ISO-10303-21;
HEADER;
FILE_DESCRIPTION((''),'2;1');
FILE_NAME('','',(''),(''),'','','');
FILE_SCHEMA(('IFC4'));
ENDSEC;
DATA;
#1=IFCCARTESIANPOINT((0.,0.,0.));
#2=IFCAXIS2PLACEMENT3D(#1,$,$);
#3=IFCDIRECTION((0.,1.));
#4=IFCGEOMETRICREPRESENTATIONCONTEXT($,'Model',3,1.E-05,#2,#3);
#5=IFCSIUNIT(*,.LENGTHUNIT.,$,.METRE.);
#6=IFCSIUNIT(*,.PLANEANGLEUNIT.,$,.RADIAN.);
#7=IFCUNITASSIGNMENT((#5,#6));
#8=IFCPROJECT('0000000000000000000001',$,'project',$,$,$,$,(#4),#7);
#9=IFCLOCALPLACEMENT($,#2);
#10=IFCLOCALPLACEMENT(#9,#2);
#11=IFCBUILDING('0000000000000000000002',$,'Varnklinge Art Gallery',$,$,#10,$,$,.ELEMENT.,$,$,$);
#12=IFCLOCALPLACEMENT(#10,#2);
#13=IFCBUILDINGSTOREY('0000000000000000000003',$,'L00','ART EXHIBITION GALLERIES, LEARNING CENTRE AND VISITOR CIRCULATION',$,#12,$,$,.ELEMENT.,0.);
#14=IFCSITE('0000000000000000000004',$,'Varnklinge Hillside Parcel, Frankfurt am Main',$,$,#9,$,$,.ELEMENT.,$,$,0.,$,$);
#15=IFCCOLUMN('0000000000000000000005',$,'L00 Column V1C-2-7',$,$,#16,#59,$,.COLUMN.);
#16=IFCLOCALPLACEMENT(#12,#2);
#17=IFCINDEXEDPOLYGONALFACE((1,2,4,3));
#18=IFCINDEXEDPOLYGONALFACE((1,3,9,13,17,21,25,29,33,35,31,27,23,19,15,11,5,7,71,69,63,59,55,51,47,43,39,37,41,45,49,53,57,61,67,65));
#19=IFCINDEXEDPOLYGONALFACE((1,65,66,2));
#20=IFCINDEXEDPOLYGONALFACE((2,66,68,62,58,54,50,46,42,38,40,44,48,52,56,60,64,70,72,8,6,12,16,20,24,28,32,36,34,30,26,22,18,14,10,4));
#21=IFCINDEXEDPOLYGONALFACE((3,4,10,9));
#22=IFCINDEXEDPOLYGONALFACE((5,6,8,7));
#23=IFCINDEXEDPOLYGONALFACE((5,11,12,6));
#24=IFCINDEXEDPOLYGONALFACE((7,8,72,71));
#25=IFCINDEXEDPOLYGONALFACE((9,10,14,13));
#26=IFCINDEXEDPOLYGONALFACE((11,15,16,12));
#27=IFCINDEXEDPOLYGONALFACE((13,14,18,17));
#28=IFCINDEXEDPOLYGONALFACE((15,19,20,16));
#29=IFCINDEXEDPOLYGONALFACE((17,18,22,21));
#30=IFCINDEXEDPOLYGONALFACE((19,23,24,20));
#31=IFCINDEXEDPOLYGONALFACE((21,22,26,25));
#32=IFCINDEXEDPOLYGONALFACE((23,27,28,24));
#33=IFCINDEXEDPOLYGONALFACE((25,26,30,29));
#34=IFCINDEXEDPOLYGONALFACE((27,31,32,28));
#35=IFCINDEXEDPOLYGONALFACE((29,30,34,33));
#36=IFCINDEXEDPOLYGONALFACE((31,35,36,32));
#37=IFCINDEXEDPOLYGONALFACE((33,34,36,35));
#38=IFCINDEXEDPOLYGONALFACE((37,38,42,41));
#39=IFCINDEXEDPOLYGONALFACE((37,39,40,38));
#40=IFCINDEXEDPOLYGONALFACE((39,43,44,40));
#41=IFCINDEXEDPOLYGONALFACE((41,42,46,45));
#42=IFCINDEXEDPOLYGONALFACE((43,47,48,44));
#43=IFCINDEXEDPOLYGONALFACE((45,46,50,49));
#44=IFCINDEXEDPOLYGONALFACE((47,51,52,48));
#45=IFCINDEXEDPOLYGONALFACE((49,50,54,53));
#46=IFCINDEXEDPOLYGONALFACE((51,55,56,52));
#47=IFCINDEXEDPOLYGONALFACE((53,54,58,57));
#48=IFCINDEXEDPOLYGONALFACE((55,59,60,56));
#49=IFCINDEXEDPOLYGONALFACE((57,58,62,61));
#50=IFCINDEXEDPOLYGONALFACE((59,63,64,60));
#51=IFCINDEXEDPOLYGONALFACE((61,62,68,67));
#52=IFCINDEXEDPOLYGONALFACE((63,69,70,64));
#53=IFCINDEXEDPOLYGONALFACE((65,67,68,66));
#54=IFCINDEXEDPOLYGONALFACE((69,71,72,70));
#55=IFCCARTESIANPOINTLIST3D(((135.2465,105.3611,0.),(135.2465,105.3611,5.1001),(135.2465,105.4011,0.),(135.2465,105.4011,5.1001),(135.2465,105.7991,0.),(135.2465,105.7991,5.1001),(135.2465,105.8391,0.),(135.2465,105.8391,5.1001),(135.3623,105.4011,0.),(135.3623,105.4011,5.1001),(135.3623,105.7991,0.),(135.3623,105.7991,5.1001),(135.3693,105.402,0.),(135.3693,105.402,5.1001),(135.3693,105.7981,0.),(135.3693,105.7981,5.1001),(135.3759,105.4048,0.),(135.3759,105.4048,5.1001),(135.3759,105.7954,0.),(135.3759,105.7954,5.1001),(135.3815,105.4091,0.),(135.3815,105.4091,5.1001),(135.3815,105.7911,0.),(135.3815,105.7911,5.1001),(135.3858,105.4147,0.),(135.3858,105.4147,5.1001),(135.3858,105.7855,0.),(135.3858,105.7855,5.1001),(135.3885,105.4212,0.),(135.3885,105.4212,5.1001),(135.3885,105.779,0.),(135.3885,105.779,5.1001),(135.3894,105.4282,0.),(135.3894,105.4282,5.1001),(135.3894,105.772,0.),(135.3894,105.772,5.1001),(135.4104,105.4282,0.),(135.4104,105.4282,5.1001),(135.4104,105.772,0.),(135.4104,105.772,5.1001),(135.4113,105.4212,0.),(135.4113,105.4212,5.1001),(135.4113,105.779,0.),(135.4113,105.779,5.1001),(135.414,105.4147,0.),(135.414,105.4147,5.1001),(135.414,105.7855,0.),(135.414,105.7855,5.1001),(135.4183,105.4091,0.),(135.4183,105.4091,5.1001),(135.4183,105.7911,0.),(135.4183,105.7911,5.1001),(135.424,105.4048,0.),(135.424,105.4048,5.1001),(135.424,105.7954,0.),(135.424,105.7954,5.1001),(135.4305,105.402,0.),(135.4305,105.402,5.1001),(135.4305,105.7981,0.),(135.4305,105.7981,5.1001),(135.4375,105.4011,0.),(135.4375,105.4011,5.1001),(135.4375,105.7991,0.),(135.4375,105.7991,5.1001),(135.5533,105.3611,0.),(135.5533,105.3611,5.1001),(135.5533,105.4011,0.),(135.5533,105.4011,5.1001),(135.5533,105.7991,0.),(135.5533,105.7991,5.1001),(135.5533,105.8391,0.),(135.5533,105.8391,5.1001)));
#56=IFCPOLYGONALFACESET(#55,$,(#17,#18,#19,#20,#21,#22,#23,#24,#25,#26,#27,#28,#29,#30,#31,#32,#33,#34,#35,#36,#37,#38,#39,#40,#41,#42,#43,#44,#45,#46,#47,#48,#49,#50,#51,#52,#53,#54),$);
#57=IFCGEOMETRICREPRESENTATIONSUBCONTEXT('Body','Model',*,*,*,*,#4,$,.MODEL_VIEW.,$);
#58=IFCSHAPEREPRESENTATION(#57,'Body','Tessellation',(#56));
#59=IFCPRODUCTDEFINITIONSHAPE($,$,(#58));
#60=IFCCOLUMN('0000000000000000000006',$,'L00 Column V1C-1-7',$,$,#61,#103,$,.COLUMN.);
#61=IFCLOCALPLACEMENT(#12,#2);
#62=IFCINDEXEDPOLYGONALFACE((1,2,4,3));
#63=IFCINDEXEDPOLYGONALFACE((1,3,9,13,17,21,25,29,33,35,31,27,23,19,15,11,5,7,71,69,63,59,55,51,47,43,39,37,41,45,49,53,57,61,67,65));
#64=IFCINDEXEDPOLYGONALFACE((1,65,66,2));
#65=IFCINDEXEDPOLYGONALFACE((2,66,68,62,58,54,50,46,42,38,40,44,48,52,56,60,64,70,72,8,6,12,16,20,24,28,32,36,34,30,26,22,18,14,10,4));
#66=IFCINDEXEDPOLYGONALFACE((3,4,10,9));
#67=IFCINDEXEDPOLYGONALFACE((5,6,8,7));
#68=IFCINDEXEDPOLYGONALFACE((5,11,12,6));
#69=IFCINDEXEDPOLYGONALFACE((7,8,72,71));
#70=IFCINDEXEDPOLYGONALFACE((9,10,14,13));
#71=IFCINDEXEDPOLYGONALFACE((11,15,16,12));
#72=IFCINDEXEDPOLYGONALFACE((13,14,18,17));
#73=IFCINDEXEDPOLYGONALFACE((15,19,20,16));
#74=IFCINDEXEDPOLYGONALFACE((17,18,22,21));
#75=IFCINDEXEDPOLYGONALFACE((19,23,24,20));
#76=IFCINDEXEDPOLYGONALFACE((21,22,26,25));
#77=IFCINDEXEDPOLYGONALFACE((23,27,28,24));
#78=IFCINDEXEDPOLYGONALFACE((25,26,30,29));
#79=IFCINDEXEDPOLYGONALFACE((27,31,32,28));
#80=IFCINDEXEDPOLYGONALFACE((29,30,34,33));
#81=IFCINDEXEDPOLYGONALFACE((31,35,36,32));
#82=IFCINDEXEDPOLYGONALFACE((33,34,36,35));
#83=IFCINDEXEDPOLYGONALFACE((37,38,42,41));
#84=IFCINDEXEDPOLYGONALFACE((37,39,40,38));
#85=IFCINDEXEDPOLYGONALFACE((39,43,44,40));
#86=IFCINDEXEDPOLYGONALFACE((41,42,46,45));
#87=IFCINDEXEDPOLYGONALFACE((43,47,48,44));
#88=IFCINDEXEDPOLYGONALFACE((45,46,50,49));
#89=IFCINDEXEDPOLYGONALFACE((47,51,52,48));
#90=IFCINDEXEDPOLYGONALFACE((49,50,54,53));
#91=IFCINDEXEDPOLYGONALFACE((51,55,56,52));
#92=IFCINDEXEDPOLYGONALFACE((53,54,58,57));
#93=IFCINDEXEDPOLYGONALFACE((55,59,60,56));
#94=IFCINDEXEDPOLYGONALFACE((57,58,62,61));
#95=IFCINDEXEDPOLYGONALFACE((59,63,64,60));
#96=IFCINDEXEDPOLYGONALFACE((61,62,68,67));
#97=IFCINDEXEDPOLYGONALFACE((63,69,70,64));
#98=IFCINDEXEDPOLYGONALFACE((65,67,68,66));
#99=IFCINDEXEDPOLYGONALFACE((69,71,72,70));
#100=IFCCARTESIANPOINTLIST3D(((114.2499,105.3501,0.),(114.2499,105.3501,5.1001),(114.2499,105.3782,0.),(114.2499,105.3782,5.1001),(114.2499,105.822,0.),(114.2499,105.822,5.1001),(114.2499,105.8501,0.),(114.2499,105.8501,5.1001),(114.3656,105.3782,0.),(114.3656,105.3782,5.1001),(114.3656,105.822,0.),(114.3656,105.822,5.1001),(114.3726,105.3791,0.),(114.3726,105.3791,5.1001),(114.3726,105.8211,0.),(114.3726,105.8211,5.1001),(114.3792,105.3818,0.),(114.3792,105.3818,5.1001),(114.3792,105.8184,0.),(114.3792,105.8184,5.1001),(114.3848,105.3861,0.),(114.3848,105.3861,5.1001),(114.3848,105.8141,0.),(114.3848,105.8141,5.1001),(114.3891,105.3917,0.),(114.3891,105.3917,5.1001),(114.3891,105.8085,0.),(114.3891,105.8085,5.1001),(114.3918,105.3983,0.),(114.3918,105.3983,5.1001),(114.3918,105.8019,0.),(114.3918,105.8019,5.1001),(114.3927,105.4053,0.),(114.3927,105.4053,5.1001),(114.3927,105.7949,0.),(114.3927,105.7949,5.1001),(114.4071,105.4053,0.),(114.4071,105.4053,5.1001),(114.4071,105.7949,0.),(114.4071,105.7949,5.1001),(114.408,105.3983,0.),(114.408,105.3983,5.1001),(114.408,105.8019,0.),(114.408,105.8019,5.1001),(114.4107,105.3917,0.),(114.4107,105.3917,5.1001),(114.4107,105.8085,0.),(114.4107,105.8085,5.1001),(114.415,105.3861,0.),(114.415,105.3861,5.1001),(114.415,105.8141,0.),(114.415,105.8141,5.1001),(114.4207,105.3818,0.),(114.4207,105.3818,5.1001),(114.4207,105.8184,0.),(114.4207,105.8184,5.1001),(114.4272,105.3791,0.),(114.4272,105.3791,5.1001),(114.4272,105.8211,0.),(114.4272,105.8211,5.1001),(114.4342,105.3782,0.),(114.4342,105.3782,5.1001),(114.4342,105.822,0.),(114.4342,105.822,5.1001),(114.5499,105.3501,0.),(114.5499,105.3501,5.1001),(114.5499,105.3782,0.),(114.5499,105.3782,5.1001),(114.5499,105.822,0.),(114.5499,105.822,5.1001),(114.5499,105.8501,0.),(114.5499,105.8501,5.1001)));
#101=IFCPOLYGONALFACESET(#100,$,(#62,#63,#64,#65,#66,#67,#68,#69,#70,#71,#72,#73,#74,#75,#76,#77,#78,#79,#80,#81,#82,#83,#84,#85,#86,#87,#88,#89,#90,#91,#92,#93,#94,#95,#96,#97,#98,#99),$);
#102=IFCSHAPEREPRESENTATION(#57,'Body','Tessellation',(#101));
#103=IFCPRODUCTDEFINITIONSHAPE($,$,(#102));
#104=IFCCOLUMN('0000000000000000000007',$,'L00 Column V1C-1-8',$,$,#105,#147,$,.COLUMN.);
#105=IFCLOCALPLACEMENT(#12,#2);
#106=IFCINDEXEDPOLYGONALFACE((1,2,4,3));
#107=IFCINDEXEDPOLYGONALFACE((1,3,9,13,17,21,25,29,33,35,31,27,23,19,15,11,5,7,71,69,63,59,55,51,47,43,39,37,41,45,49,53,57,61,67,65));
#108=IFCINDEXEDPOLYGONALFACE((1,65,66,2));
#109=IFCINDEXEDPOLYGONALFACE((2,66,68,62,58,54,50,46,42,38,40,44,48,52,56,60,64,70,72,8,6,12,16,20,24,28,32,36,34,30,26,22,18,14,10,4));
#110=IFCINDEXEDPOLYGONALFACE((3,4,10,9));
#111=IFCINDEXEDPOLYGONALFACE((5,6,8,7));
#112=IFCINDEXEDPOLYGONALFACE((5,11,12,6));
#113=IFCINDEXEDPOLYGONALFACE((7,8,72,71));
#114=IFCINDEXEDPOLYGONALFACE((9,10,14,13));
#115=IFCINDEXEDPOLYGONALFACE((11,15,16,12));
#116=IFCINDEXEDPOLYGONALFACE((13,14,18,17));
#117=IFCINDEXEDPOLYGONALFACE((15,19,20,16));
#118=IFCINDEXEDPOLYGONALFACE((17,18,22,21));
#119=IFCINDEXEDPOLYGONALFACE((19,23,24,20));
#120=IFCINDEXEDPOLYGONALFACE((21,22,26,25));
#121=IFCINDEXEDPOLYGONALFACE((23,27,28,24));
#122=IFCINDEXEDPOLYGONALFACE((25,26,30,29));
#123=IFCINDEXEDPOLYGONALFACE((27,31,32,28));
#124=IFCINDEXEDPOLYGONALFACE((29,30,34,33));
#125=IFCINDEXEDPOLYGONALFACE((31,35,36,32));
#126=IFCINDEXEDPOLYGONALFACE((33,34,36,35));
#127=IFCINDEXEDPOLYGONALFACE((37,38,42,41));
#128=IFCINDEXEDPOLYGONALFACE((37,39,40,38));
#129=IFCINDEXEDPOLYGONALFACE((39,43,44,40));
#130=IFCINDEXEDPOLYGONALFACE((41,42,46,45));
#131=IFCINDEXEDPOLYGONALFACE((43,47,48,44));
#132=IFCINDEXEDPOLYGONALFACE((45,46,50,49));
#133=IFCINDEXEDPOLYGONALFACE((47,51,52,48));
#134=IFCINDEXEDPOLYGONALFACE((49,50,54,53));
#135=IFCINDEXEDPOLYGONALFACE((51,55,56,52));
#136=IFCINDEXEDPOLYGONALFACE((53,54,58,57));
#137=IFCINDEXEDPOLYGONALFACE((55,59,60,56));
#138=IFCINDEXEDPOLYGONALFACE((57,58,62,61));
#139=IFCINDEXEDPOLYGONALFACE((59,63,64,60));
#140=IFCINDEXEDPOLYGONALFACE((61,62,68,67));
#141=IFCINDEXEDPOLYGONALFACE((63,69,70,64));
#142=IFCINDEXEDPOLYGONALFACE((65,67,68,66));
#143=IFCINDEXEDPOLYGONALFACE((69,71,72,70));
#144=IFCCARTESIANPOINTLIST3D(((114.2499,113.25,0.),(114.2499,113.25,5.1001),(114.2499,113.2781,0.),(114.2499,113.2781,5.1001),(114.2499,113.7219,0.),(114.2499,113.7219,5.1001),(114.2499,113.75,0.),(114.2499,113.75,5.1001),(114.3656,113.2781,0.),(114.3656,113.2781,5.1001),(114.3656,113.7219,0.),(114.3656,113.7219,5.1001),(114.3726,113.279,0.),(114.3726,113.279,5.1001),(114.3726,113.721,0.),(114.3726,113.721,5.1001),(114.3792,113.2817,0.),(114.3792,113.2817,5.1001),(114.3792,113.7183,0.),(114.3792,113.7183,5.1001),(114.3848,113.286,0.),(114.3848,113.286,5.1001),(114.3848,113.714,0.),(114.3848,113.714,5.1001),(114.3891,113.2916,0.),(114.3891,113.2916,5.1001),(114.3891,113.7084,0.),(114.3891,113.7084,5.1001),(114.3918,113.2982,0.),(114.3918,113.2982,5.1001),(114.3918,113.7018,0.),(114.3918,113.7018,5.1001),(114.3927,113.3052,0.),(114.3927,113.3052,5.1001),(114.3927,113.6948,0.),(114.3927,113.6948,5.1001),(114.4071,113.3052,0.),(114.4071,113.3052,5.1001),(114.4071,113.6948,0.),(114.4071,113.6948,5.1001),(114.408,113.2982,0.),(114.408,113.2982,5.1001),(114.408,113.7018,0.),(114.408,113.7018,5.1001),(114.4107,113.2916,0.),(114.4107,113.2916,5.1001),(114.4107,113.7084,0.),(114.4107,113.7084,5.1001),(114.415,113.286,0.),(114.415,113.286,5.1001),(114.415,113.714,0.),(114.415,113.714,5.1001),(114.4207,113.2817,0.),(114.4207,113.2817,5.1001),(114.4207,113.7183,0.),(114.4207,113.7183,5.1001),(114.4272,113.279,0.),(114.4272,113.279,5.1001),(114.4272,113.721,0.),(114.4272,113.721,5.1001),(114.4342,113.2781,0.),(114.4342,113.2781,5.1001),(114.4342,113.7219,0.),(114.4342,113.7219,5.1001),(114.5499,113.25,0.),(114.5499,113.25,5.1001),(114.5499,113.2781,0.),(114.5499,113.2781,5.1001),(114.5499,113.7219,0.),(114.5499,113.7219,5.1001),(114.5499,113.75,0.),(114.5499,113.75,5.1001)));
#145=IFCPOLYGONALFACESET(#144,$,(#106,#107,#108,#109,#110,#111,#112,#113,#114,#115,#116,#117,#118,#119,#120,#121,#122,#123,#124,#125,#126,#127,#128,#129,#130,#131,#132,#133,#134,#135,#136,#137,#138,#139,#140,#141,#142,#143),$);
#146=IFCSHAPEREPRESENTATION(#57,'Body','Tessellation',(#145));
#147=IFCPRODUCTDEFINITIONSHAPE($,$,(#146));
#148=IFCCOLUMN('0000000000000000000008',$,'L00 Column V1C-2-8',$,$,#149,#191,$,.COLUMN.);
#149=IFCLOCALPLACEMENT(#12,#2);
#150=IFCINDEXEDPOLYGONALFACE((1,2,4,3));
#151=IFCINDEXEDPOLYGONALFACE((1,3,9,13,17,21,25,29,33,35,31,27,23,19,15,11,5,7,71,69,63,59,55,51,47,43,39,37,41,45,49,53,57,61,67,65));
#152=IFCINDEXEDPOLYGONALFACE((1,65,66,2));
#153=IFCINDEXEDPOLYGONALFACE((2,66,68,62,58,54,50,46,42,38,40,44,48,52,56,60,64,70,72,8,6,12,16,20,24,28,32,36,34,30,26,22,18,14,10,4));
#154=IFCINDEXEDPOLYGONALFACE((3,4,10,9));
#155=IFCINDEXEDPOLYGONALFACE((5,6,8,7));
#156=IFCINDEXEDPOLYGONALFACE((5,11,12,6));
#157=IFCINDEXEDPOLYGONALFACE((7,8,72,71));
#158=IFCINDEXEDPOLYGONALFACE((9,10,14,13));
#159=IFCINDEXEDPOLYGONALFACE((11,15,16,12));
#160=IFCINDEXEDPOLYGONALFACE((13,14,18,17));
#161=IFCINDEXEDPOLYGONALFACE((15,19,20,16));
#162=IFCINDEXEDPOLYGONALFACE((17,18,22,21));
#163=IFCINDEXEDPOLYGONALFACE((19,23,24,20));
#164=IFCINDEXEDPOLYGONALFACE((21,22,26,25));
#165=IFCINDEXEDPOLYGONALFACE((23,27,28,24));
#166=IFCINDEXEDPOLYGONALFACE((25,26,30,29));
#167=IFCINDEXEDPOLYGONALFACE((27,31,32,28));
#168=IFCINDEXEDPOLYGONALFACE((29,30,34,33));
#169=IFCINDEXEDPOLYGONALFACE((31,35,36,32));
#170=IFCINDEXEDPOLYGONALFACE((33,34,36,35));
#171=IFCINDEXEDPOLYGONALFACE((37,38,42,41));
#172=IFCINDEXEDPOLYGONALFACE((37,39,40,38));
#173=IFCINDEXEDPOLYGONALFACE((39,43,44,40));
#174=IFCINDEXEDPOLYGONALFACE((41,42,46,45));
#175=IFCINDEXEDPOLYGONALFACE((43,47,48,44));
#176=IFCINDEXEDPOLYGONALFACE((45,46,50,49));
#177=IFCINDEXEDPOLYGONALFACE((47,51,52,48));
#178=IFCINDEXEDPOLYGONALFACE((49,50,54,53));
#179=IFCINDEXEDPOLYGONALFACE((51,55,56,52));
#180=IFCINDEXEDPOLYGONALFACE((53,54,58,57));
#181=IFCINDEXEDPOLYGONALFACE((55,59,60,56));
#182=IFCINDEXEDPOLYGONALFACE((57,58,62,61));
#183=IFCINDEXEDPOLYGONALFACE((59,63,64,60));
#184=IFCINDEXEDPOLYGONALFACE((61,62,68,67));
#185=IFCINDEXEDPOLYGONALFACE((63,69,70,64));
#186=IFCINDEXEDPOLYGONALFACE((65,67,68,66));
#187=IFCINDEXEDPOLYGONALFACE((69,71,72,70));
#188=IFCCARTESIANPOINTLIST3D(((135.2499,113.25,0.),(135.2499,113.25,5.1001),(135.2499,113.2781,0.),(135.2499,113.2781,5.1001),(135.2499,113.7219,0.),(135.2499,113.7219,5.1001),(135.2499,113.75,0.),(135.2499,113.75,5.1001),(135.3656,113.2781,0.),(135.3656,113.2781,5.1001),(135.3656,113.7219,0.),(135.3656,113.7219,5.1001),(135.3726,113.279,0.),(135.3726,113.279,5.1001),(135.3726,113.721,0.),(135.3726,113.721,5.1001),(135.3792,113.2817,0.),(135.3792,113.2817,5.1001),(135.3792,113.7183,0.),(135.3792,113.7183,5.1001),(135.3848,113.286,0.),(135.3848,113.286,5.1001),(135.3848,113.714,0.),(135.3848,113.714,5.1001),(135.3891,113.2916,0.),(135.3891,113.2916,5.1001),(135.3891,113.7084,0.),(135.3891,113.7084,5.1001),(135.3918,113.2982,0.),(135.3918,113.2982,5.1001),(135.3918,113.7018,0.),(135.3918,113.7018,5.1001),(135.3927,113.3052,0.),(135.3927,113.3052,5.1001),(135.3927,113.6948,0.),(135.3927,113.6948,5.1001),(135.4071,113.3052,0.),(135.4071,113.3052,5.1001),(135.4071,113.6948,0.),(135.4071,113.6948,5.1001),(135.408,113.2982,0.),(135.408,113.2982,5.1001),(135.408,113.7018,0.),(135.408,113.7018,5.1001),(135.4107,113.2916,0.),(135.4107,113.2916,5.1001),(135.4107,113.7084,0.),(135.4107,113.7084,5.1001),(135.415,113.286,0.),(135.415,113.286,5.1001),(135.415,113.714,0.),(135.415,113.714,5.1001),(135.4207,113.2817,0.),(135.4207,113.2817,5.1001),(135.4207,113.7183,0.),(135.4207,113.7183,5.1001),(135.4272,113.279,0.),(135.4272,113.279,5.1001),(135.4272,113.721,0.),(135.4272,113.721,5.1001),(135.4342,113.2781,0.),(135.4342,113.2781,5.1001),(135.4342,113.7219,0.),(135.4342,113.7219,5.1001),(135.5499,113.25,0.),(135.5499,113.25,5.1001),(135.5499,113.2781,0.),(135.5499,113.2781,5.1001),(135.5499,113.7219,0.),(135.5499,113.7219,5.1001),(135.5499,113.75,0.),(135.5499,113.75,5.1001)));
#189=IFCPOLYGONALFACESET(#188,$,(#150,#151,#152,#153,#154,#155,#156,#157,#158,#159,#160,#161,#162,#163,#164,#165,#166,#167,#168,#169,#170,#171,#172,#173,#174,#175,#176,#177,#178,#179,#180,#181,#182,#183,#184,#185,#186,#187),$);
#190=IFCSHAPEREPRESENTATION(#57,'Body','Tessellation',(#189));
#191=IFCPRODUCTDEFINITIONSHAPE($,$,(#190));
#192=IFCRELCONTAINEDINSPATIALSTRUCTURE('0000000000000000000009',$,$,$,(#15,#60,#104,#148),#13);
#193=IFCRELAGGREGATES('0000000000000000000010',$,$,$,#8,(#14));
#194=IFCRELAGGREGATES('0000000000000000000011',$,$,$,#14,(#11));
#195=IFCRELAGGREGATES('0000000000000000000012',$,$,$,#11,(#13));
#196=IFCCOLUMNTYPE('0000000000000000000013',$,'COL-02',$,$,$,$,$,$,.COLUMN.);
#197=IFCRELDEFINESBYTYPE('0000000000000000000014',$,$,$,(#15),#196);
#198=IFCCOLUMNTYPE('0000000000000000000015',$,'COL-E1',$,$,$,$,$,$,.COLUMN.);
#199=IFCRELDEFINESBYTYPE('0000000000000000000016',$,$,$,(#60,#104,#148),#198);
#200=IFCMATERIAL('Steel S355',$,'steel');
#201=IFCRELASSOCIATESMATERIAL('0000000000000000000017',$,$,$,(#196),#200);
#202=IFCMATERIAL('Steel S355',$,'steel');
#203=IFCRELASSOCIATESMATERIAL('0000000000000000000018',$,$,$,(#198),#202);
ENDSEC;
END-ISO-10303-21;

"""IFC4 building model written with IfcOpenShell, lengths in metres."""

from ifc_helpers import new_model, si_unit, direction, frame, origin, origin_2d, place, context, subcontext, project, spatial, i_section, extrude, material, material_profile, profile_set, type_object, element, save


model = new_model("IFC4")

# Units and contexts
model_context = context("Model", 3, precision=1e-05, world=origin(), true_north=direction((0.0, 1.0)))
body_context = subcontext(model_context, "Body", "Model", "MODEL_VIEW")
ifc_project = project(units=[si_unit("LENGTHUNIT", "METRE"), si_unit("PLANEANGLEUNIT", "RADIAN")], contexts=[model_context])

# Site, building, storey
site_placement = place(None, origin())
site = spatial("IfcSite", under=ifc_project, at=site_placement, Name="Varnklinge Hillside Parcel, Frankfurt am Main", CompositionType="ELEMENT", RefElevation=0.0)
building_placement = place(site_placement, origin())
building = spatial("IfcBuilding", under=site, at=building_placement, Name="Varnklinge Art Gallery", CompositionType="ELEMENT")
storey_placement = place(building_placement, origin())
storey = spatial("IfcBuildingStorey", under=building, at=storey_placement, Name="L00", Description="ART EXHIBITION GALLERIES, LEARNING CENTRE AND VISITOR CIRCULATION", CompositionType="ELEMENT", Elevation=0.0)

# Columns
ifc_material_1 = material(Name="Steel S355", Category="steel")
ifc_material_profile_1 = material_profile(ifc_material_1, i_section(OverallWidth=0.3069, OverallDepth=0.478, WebThickness=0.021, FlangeThickness=0.04, FilletRadius=0.0271, at=origin_2d()), Name="HEM 450")
ifc_profile_set_1 = profile_set([ifc_material_profile_1], Name="Steel S355")
column_type_1 = type_object("IfcColumnType", Name="COL-02", PredefinedType="COLUMN", material=ifc_profile_set_1)
column_placement = place(storey_placement, frame((135.3999, 105.6001, 0.0), z_axis=(0.0, 0.0, 1.0), x_axis=(1.0, 0.0, 0.0)))
element("IfcColumn", 1, at=column_placement, inside=storey, type_object=column_type_1, Name="L00 Column V1C-2-7", PredefinedType="COLUMN", context=body_context, shape_type="SweptSolid", body=[
    extrude(i_section(OverallWidth=0.3069, OverallDepth=0.478, WebThickness=0.021, FlangeThickness=0.04, FilletRadius=0.0271, at=origin_2d()), origin(), (0.0, 0.0, 1.0), 5.1001),
])
ifc_material_2 = material(Name="Steel S355", Category="steel")
ifc_material_profile_2 = material_profile(ifc_material_2, i_section(OverallWidth=0.3, OverallDepth=0.5, WebThickness=0.0144, FlangeThickness=0.0281, FilletRadius=0.0271, at=origin_2d()), Name="HEB 500")
ifc_profile_set_2 = profile_set([ifc_material_profile_2], Name="Steel S355")
column_type_2 = type_object("IfcColumnType", Name="COL-E1", PredefinedType="COLUMN", material=ifc_profile_set_2)
for number, where, z_axis, x_axis, name in (
    (2, (114.3999, 105.6001, 0.0), (0.0, 0.0, 1.0), (1.0, 0.0, 0.0), "L00 Column V1C-1-7"),
    (3, (114.3999, 113.5, 0.0), (0.0, 0.0, 1.0), (1.0, 0.0, 0.0), "L00 Column V1C-1-8"),
    (4, (135.3999, 113.5, 0.0), (0.0, 0.0, 1.0), (1.0, 0.0, 0.0), "L00 Column V1C-2-8"),
):
    element("IfcColumn", number, at=place(storey_placement, frame(where, z_axis=z_axis, x_axis=x_axis)), inside=storey, type_object=column_type_2, Name=name, PredefinedType="COLUMN", context=body_context, shape_type="SweptSolid", body=[
        extrude(i_section(OverallWidth=0.3, OverallDepth=0.5, WebThickness=0.0144, FlangeThickness=0.0281, FilletRadius=0.0271, at=origin_2d()), origin(), (0.0, 0.0, 1.0), 5.1001),
    ])

save(model, "model.ifc")
